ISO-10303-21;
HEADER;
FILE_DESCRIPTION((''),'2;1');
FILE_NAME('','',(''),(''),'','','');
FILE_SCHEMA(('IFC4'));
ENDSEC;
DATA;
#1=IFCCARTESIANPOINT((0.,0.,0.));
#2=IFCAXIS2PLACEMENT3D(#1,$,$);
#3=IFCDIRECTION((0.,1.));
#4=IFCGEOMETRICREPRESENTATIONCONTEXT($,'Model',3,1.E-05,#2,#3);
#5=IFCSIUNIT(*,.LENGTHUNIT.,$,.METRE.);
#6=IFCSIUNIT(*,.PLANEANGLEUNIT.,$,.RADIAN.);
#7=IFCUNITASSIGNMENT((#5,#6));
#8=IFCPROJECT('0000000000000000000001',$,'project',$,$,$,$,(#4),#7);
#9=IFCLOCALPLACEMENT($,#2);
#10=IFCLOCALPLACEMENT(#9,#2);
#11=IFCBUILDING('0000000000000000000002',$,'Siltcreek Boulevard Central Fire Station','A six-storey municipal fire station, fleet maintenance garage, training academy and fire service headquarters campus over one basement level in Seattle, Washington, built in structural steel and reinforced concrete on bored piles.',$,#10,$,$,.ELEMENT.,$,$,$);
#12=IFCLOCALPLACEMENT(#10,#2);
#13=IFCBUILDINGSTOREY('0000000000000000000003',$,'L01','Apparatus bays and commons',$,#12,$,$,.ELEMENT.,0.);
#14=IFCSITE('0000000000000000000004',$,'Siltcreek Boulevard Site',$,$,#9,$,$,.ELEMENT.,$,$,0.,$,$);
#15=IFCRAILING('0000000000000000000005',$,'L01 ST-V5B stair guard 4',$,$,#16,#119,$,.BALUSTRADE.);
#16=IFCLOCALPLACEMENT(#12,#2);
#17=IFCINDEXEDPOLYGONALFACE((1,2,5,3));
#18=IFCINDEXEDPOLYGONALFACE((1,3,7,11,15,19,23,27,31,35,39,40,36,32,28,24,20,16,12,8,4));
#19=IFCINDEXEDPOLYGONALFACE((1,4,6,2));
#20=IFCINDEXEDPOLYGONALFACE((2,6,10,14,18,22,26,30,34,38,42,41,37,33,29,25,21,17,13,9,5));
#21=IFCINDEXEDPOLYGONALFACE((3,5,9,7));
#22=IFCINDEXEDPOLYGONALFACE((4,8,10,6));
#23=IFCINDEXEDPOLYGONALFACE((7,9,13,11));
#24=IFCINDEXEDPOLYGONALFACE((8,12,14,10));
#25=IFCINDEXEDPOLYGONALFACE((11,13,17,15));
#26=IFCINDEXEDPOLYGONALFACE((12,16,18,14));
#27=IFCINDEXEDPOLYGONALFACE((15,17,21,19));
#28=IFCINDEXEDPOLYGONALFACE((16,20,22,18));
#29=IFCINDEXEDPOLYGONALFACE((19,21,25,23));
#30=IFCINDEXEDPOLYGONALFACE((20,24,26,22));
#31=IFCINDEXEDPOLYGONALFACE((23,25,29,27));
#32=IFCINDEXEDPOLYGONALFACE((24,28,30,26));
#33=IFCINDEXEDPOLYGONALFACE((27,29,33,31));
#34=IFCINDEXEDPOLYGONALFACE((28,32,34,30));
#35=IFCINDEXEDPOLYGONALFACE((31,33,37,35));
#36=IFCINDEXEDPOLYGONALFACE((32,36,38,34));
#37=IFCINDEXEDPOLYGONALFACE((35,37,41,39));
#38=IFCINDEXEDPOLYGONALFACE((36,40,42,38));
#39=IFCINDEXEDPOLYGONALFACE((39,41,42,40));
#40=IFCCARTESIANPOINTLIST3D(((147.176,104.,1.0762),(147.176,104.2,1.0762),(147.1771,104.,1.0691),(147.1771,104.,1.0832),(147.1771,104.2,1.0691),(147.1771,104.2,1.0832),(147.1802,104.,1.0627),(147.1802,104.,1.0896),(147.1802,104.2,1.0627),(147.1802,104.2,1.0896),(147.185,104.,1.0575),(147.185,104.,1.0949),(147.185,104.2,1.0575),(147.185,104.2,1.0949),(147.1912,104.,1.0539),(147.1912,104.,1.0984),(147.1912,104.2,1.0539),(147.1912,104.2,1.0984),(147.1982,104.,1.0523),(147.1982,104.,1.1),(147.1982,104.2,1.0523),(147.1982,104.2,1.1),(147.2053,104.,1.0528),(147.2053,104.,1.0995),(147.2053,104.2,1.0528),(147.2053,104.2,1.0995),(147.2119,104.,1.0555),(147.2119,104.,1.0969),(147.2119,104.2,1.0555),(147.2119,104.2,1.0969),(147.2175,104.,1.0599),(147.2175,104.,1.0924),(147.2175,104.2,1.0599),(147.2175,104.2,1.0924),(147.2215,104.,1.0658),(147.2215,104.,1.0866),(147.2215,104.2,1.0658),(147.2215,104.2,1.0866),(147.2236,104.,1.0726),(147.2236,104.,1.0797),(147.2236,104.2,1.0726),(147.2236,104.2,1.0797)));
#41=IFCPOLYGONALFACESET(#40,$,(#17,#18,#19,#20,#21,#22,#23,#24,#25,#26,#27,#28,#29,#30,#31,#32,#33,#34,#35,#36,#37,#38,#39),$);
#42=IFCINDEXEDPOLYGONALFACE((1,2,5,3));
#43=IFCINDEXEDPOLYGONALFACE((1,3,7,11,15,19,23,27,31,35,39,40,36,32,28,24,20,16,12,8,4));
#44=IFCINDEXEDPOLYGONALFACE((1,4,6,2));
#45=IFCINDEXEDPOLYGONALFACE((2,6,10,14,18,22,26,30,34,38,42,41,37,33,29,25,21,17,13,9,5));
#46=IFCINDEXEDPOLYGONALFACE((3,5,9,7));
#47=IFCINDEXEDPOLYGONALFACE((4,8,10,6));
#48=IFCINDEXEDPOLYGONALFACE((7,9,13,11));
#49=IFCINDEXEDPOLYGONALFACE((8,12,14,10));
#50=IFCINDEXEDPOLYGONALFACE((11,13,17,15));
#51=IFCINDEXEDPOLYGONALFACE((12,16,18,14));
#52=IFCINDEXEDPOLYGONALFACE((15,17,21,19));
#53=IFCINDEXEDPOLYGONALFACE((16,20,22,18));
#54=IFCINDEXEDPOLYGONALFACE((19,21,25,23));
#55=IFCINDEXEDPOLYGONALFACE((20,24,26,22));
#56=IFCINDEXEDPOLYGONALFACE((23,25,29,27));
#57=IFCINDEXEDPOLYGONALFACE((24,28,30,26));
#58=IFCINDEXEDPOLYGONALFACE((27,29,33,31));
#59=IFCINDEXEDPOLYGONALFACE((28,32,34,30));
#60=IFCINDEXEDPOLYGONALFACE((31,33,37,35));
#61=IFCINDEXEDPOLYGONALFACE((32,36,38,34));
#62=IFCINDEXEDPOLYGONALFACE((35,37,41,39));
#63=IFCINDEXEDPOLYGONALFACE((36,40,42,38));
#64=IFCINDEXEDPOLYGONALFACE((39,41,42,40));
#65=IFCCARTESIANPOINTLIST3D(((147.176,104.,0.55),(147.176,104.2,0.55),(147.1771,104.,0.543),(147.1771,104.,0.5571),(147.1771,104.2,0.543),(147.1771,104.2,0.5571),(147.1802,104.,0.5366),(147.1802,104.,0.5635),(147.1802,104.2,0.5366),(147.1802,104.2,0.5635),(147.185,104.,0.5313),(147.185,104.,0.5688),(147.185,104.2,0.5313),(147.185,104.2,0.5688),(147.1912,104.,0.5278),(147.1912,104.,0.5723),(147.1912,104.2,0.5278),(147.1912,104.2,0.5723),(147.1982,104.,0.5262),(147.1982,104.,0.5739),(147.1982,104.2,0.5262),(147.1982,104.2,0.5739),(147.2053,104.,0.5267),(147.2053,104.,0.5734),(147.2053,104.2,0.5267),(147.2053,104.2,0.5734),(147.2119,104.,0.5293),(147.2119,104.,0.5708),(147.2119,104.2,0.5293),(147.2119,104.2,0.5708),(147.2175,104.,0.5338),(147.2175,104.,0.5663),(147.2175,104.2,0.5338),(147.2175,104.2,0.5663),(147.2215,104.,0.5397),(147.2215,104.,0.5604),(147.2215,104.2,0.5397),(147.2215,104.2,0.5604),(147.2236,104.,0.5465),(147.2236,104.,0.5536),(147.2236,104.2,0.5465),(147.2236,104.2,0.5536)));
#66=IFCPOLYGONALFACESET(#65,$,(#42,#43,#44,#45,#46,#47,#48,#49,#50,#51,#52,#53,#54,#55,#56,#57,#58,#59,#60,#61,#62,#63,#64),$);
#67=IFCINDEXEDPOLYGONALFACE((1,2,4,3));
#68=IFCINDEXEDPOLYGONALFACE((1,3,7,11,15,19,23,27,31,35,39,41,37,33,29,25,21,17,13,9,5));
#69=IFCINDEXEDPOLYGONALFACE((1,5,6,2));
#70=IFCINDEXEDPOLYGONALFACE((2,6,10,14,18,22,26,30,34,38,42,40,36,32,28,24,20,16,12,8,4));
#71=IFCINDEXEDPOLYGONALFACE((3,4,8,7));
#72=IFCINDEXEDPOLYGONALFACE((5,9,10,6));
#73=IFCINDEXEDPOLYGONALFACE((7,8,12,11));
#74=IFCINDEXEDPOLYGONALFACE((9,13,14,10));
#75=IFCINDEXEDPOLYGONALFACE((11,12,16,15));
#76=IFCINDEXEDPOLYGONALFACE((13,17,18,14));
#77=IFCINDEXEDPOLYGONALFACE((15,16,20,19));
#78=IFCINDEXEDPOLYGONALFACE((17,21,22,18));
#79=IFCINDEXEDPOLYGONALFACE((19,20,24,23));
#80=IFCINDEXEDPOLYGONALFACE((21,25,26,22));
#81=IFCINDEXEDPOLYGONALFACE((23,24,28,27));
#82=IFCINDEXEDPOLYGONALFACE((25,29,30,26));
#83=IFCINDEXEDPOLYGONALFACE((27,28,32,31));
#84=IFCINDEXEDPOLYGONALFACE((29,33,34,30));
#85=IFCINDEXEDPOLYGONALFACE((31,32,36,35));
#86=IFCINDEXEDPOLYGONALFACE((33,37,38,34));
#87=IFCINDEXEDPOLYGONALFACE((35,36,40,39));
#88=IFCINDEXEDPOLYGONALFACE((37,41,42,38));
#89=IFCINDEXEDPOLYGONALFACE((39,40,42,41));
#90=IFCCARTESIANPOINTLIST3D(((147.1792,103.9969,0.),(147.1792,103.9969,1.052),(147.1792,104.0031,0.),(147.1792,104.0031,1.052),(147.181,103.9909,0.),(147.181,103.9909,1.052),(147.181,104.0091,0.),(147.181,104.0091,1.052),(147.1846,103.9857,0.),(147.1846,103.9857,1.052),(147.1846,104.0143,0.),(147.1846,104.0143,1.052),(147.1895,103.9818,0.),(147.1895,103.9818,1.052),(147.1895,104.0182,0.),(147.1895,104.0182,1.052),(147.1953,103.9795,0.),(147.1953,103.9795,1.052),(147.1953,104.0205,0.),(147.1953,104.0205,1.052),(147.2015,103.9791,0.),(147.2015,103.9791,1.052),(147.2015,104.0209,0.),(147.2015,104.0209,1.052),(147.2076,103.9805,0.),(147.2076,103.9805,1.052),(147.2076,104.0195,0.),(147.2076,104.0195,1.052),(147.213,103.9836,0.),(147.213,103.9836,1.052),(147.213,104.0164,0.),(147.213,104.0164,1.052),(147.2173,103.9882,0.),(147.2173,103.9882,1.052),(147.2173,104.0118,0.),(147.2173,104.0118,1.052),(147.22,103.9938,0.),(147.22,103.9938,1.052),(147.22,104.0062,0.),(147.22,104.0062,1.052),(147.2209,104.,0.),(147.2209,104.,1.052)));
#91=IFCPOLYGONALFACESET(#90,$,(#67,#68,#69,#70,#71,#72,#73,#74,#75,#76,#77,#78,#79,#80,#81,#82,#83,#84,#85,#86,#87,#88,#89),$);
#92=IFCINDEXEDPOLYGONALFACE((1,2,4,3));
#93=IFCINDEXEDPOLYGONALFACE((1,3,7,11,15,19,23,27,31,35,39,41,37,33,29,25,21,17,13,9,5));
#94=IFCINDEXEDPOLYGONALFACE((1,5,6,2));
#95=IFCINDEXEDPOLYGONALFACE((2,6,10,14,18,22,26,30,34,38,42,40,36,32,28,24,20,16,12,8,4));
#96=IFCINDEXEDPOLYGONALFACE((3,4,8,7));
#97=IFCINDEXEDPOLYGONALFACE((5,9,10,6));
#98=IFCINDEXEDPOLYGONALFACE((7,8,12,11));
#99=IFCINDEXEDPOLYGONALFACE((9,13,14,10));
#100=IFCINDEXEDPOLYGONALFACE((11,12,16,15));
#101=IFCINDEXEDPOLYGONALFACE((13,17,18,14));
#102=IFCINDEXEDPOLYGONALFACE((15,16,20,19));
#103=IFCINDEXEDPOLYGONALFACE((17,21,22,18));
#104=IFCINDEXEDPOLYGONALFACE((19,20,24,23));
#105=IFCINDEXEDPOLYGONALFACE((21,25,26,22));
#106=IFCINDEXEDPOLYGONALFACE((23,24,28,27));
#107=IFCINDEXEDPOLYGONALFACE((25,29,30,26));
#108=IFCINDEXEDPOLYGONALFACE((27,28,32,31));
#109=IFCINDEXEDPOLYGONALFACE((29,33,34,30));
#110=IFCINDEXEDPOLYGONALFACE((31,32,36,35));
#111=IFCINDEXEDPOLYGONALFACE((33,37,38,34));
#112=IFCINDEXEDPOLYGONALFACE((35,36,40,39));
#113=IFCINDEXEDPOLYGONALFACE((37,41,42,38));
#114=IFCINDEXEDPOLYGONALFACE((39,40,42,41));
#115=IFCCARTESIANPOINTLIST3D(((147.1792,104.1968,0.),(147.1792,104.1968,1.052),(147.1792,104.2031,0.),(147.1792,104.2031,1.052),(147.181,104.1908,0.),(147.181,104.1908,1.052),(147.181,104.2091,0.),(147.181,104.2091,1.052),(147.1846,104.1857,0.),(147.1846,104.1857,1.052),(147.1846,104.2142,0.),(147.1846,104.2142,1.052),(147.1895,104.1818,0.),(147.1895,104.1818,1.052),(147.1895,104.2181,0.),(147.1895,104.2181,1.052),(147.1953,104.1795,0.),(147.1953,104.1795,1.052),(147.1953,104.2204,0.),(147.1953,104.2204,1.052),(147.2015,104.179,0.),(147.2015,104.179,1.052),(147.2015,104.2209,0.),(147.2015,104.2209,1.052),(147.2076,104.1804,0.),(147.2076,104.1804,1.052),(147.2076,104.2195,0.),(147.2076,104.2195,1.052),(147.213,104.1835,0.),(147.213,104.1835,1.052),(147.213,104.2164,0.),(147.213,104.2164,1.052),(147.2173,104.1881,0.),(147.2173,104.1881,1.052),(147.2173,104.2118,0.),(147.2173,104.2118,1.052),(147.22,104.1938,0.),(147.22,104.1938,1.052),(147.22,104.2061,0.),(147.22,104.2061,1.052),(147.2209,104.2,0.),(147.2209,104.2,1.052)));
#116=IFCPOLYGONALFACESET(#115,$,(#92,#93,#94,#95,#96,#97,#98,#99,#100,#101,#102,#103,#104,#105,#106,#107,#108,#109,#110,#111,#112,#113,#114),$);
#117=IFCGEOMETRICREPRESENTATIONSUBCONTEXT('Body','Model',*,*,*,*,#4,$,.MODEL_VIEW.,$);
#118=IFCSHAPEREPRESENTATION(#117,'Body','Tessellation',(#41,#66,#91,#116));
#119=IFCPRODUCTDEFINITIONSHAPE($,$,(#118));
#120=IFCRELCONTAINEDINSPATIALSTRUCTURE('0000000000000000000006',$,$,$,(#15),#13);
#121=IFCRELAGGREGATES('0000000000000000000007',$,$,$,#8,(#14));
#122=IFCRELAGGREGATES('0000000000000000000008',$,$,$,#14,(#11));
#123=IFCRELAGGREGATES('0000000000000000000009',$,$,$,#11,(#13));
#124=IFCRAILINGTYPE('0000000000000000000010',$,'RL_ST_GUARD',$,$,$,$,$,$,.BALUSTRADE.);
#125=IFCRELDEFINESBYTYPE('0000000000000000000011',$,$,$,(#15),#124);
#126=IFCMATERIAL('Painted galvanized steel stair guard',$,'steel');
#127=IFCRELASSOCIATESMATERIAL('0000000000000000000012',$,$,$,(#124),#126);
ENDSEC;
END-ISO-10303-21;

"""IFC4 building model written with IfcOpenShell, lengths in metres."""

from ifc_helpers import new_model, si_unit, direction, frame, origin, origin_2d, place, context, subcontext, project, spatial, circle, extrude, material, type_object, element, save


model = new_model("IFC4")

# Units and contexts
model_context = context("Model", 3, precision=1e-05, world=origin(), true_north=direction((0.0, 1.0)))
body_context = subcontext(model_context, "Body", "Model", "MODEL_VIEW")
ifc_project = project(units=[si_unit("LENGTHUNIT", "METRE"), si_unit("PLANEANGLEUNIT", "RADIAN")], contexts=[model_context])

# Site, building, storey
site_placement = place(None, origin())
site = spatial("IfcSite", under=ifc_project, at=site_placement, Name="Siltcreek Boulevard Site", CompositionType="ELEMENT", RefElevation=0.0)
building_placement = place(site_placement, origin())
building = spatial("IfcBuilding", under=site, at=building_placement, Name="Siltcreek Boulevard Central Fire Station", Description="A six-storey municipal fire station, fleet maintenance garage, training academy and fire service headquarters campus over one basement level in Seattle, Washington, built in structural steel and reinforced concrete on bored piles.", CompositionType="ELEMENT")
storey_placement = place(building_placement, origin())
storey = spatial("IfcBuildingStorey", under=building, at=storey_placement, Name="L01", Description="Apparatus bays and commons", CompositionType="ELEMENT", Elevation=0.0)

# Railing
ifc_material_1 = material(Name="Painted galvanized steel stair guard", Category="steel")
railing_type_1 = type_object("IfcRailingType", Name="RL_ST_GUARD", PredefinedType="BALUSTRADE", material=ifc_material_1)
railing_1_placement = place(storey_placement, frame((147.2, 104.0, 0.0)))
element("IfcRailing", 1, at=railing_1_placement, inside=storey, type_object=railing_type_1, Name="L01 ST-V5B stair guard 4", PredefinedType="BALUSTRADE", context=body_context, shape_type="SweptSolid", body=[
    extrude(circle(Radius=0.0239, at=origin_2d()), frame((0.0, 0.0, 1.0762), z_axis=(0.0, 1.0, 0.0), x_axis=(-1.0, 0.0, 0.0)), (0.0, 0.0, 1.0), 0.2),
    extrude(circle(Radius=0.0239, at=origin_2d()), frame((0.0, 0.0, 0.55), z_axis=(0.0, 1.0, 0.0), x_axis=(-1.0, 0.0, 0.0)), (0.0, 0.0, 1.0), 0.2),
    extrude(circle(Radius=0.021, at=origin_2d()), origin(), (0.0, 0.0, 1.0), 1.052),
    extrude(circle(Radius=0.021, at=origin_2d()), frame((0.0, 0.2, 0.0)), (0.0, 0.0, 1.0), 1.052),
])

save(model, "model.ifc")
